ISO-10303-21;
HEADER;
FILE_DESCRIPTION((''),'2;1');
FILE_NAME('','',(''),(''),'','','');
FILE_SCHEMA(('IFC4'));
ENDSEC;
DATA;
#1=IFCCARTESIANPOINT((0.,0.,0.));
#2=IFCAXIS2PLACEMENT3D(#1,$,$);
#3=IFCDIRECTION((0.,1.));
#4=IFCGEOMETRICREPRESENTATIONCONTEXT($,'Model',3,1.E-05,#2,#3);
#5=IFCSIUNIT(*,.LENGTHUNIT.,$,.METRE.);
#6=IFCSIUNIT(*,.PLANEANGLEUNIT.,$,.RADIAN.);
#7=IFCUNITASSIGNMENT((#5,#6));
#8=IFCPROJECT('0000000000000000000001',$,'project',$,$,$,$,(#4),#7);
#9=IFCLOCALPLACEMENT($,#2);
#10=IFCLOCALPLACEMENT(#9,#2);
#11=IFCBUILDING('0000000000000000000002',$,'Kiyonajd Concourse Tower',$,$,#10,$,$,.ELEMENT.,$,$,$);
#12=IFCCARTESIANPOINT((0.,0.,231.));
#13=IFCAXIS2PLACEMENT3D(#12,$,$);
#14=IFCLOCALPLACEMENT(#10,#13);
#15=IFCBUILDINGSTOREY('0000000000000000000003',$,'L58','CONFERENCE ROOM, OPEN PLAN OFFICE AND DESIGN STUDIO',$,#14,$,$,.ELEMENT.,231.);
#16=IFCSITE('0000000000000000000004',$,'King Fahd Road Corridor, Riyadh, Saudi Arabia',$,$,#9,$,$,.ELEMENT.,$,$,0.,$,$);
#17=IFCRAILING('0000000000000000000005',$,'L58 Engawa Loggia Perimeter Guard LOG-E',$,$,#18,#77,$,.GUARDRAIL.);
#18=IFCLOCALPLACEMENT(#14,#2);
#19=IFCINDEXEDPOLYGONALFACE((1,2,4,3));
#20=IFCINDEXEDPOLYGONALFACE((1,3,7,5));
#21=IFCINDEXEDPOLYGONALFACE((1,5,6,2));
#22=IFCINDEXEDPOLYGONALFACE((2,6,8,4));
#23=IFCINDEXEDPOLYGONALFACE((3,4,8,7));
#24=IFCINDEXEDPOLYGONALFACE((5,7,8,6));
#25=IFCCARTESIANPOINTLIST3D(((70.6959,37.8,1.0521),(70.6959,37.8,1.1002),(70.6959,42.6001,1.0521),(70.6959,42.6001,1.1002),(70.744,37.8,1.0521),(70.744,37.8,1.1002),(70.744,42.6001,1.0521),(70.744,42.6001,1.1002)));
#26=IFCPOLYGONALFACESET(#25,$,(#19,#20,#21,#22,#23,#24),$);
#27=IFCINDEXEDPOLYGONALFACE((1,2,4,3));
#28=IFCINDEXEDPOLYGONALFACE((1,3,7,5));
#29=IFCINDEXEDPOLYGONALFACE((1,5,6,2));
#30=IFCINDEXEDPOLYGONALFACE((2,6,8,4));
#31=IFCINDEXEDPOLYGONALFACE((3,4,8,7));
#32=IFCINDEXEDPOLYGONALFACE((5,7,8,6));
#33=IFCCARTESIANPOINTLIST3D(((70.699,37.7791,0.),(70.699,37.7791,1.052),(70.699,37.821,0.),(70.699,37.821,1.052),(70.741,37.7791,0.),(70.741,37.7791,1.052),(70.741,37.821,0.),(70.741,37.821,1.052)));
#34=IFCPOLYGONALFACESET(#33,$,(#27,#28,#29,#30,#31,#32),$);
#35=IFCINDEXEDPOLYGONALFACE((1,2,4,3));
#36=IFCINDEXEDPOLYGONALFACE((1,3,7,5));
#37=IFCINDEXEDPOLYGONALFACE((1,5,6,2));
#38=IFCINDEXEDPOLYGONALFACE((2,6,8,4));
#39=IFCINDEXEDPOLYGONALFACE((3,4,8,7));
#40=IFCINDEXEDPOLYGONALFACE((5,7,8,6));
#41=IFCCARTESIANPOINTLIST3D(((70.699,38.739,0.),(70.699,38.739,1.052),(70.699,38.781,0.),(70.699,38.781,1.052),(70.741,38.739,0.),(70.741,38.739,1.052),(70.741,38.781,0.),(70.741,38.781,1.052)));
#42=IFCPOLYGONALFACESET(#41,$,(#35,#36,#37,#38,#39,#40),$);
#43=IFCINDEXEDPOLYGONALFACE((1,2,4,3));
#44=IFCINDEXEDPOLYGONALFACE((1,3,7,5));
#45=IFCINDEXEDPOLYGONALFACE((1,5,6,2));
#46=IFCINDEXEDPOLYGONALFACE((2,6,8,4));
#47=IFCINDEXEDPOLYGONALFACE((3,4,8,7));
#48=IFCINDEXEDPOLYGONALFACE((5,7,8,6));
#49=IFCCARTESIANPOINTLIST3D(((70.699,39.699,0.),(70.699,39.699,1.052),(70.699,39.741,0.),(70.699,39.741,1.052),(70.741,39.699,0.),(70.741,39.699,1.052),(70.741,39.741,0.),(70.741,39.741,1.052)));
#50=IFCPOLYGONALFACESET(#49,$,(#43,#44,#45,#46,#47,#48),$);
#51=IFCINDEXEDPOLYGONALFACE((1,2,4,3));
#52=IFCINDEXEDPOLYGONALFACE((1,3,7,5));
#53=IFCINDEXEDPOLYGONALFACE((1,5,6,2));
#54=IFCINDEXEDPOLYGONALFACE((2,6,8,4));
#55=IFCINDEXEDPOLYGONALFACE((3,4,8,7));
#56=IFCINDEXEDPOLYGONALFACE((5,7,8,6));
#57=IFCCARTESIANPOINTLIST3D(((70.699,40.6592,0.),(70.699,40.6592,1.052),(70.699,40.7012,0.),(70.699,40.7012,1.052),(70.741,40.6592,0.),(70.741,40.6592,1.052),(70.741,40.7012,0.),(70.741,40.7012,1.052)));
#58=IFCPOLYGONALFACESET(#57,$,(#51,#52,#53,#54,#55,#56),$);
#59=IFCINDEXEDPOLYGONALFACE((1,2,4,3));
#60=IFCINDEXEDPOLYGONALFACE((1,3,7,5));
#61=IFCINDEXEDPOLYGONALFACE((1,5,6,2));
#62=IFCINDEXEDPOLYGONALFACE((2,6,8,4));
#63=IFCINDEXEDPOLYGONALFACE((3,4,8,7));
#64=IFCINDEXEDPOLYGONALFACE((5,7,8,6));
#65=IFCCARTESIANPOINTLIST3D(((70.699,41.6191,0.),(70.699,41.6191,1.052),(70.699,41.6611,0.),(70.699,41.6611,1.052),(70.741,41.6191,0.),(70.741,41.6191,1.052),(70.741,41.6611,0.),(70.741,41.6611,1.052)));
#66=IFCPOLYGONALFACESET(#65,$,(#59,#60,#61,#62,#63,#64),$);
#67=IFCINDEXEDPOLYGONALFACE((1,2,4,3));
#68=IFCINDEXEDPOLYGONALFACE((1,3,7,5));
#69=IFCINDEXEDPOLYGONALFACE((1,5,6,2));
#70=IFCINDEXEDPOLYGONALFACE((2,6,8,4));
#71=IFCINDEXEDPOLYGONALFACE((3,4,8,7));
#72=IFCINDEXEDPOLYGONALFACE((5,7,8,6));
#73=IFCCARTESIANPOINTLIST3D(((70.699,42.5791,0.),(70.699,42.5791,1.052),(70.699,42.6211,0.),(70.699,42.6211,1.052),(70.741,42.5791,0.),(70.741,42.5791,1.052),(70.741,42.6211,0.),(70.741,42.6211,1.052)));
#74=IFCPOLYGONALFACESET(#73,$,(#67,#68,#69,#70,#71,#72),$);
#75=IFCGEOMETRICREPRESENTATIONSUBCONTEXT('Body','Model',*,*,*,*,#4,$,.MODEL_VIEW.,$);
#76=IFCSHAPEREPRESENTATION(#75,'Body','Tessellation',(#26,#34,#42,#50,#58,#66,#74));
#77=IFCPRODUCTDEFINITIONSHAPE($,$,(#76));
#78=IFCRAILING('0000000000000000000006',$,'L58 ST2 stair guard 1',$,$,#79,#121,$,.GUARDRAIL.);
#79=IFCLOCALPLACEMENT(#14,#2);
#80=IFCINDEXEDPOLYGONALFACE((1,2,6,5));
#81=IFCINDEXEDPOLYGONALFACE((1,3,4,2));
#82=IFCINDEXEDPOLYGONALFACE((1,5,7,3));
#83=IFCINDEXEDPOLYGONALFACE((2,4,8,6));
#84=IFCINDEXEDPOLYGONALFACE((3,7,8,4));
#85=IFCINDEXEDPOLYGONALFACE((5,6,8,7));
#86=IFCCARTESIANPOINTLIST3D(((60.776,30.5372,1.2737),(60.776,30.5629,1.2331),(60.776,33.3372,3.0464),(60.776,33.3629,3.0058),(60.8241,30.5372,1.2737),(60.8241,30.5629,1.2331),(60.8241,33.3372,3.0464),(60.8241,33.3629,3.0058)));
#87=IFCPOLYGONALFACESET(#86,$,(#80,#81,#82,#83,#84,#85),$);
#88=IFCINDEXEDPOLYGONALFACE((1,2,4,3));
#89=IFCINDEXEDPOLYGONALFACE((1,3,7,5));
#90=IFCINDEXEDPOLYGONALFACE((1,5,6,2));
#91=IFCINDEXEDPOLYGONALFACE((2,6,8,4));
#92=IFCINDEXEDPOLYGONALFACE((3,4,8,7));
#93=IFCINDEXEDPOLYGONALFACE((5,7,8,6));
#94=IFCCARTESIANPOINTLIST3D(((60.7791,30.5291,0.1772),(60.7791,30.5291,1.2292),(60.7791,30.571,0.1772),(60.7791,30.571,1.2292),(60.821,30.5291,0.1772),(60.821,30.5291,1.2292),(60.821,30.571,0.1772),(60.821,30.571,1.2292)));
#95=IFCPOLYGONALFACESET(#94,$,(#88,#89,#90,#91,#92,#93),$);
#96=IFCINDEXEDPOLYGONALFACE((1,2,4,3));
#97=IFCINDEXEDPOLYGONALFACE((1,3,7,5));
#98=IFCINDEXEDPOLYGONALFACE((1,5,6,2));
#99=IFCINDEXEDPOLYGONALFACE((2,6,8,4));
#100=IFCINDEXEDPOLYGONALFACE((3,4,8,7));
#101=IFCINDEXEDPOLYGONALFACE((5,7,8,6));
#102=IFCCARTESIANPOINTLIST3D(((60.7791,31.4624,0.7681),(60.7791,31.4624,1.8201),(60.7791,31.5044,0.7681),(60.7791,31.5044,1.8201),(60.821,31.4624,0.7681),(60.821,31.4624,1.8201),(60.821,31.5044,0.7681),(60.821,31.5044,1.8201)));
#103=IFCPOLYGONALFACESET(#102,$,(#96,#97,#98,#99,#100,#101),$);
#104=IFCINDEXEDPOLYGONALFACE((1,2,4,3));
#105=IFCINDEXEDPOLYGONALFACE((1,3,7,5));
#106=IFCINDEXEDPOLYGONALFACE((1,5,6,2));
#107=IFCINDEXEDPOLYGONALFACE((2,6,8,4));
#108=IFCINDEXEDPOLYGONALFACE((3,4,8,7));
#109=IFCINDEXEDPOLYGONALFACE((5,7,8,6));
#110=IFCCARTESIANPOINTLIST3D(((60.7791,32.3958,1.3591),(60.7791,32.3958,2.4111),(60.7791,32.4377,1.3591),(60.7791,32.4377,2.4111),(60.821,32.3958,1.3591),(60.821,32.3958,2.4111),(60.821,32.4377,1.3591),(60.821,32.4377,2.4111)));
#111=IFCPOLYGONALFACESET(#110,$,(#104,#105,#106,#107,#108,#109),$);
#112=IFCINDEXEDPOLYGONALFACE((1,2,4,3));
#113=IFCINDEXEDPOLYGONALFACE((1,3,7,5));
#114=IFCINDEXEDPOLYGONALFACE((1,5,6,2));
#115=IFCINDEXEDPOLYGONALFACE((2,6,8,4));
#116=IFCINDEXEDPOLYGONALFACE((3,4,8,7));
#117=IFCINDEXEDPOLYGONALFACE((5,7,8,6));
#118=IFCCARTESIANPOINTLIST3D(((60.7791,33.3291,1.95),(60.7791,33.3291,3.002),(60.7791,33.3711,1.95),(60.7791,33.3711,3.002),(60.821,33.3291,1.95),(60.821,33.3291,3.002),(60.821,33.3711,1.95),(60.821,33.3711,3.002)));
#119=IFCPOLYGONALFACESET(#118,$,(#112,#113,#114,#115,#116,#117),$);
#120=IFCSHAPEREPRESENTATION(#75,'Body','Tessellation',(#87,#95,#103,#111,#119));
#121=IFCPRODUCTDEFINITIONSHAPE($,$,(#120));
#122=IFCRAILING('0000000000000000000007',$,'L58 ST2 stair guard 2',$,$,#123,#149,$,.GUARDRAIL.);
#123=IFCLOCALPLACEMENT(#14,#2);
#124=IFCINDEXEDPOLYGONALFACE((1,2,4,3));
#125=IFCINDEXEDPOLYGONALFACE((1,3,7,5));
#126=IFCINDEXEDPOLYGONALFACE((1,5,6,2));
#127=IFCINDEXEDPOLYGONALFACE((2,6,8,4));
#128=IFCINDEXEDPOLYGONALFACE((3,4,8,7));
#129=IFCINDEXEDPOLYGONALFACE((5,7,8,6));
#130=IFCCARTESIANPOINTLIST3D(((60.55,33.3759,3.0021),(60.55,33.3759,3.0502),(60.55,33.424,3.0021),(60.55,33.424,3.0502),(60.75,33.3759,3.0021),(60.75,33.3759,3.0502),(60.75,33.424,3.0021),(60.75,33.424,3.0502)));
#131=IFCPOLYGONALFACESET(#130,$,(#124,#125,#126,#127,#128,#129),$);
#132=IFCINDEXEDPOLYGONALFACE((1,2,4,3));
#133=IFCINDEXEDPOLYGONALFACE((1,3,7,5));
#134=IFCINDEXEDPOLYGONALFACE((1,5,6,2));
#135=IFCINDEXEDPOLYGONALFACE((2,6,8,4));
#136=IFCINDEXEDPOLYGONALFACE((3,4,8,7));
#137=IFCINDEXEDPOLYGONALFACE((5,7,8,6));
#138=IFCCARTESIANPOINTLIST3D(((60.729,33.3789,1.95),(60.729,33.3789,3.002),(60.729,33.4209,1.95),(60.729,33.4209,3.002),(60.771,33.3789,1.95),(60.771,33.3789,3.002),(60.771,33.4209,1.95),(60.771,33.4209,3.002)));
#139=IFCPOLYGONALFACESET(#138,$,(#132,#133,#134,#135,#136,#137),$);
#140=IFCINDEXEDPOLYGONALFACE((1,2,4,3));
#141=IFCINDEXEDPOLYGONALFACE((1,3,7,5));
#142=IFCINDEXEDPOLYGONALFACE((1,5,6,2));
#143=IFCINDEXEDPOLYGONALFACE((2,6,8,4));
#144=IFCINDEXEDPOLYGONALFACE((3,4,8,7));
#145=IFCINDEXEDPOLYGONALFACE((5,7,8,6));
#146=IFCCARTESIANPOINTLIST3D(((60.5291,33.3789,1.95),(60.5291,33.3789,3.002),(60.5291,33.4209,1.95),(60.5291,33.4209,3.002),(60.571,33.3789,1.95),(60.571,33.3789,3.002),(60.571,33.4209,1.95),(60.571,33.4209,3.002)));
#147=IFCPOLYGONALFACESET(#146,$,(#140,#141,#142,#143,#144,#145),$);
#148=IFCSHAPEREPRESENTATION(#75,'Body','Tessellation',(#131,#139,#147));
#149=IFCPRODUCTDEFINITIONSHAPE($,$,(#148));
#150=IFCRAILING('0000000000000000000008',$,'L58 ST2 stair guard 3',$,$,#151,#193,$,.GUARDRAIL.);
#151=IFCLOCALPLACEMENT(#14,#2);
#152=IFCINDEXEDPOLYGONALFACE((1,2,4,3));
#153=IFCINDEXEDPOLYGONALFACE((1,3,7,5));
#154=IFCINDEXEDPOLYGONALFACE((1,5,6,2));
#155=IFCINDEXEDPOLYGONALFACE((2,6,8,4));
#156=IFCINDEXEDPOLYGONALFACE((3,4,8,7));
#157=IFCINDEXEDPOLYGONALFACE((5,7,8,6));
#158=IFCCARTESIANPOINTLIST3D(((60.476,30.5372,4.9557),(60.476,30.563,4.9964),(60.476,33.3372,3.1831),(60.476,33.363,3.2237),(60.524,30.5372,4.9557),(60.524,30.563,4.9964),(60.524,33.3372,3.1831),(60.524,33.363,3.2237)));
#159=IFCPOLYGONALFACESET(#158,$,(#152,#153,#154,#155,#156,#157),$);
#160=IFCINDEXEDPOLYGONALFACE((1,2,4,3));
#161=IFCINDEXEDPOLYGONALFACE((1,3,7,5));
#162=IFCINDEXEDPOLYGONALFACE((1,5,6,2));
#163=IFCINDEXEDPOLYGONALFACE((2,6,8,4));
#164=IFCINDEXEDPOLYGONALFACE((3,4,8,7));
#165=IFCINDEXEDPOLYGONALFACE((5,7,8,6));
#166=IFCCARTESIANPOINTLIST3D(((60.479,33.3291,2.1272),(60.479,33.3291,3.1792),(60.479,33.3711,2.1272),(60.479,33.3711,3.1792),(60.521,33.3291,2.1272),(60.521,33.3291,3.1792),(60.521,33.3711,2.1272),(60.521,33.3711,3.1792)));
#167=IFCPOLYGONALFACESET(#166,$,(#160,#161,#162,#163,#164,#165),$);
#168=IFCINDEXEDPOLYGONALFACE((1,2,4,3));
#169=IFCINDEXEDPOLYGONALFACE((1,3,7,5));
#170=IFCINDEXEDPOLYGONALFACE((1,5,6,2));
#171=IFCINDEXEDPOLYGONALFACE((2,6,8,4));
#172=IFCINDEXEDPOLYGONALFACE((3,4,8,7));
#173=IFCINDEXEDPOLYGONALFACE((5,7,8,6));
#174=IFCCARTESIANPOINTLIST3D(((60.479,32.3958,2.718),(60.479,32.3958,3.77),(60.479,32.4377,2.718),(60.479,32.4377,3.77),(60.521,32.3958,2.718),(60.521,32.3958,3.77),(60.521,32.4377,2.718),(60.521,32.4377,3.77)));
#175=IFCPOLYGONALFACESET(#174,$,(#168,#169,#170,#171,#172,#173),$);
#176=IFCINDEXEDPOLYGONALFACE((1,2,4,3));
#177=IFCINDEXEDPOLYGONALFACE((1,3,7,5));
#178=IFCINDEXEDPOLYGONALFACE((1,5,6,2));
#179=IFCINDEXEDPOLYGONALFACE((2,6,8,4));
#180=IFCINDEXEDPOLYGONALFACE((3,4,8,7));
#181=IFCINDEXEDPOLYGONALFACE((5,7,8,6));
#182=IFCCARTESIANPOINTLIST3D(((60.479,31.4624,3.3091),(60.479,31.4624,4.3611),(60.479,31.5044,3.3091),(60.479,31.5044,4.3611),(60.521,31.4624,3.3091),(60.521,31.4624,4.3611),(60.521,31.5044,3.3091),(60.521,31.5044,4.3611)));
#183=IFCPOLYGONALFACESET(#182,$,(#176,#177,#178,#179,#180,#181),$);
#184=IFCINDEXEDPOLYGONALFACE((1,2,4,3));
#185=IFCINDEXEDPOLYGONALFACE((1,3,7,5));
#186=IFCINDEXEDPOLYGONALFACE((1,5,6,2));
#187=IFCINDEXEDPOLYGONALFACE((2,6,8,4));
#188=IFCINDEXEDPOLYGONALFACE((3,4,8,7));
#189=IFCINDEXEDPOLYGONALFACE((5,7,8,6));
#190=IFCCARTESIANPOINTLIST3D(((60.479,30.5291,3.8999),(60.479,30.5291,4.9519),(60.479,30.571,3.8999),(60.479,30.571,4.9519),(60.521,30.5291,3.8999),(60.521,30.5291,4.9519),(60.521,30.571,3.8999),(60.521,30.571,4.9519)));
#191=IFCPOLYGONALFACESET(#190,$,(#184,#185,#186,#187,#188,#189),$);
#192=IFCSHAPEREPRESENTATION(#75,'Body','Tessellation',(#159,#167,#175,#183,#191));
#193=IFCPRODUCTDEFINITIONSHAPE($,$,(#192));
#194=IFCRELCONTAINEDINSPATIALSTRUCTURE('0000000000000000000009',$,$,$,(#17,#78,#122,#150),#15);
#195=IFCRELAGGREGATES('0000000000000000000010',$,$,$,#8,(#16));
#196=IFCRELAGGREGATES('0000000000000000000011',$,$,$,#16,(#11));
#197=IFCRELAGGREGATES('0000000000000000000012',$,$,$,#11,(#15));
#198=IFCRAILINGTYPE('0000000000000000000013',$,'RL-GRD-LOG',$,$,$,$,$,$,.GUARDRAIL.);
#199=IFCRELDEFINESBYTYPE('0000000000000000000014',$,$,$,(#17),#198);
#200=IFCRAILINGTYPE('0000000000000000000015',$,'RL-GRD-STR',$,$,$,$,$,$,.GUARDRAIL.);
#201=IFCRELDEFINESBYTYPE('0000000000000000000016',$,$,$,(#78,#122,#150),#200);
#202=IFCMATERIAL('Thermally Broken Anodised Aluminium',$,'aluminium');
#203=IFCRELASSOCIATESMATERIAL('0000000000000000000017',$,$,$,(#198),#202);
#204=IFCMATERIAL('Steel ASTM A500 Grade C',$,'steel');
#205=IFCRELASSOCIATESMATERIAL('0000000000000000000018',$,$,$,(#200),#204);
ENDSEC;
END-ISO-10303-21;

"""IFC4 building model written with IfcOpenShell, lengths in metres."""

from ifc_helpers import new_model, si_unit, direction, frame, origin, origin_2d, place, context, subcontext, project, spatial, rectangle, extrude, material, type_object, element, save


model = new_model("IFC4")

# Units and contexts
model_context = context("Model", 3, precision=1e-05, world=origin(), true_north=direction((0.0, 1.0)))
body_context = subcontext(model_context, "Body", "Model", "MODEL_VIEW")
ifc_project = project(units=[si_unit("LENGTHUNIT", "METRE"), si_unit("PLANEANGLEUNIT", "RADIAN")], contexts=[model_context])

# Site, building, storey
site_placement = place(None, origin())
site = spatial("IfcSite", under=ifc_project, at=site_placement, Name="King Fahd Road Corridor, Riyadh, Saudi Arabia", CompositionType="ELEMENT", RefElevation=0.0)
building_placement = place(site_placement, origin())
building = spatial("IfcBuilding", under=site, at=building_placement, Name="Kiyonajd Concourse Tower", CompositionType="ELEMENT")
storey_placement = place(building_placement, frame((0.0, 0.0, 231.0)))
storey = spatial("IfcBuildingStorey", under=building, at=storey_placement, Name="L58", Description="CONFERENCE ROOM, OPEN PLAN OFFICE AND DESIGN STUDIO", CompositionType="ELEMENT", Elevation=231.0)

# Shared definitions
ifc_material_1 = material(Name="Thermally Broken Anodised Aluminium", Category="aluminium")

# Railings
railing_type_1 = type_object("IfcRailingType", Name="RL-GRD-LOG", PredefinedType="GUARDRAIL", material=ifc_material_1)
railing_1_placement = place(storey_placement, frame((70.72, 37.8, 0.0)))
element("IfcRailing", 1, at=railing_1_placement, inside=storey, type_object=railing_type_1, Name="L58 Engawa Loggia Perimeter Guard LOG-E", PredefinedType="GUARDRAIL", context=body_context, shape_type="SweptSolid", body=[
    extrude(rectangle(XDim=0.0481, YDim=0.0481, at=origin_2d()), frame((0.0, 0.0, 1.0762), z_axis=(0.0, 1.0, 0.0), x_axis=(-1.0, 0.0, 0.0)), (0.0, 0.0, 1.0), 4.8),
    extrude(rectangle(XDim=0.042, YDim=0.042, at=origin_2d()), origin(), (0.0, 0.0, 1.0), 1.052),
    extrude(rectangle(XDim=0.042, YDim=0.042, at=origin_2d()), frame((0.0, 0.96, 0.0)), (0.0, 0.0, 1.0), 1.052),
    extrude(rectangle(XDim=0.042, YDim=0.042, at=origin_2d()), frame((0.0, 1.9199, 0.0)), (0.0, 0.0, 1.0), 1.052),
    extrude(rectangle(XDim=0.042, YDim=0.042, at=origin_2d()), frame((0.0, 2.8801, 0.0)), (0.0, 0.0, 1.0), 1.052),
    extrude(rectangle(XDim=0.042, YDim=0.042, at=origin_2d()), frame((0.0, 3.8401, 0.0)), (0.0, 0.0, 1.0), 1.052),
    extrude(rectangle(XDim=0.042, YDim=0.042, at=origin_2d()), frame((0.0, 4.8, 0.0)), (0.0, 0.0, 1.0), 1.052),
])
ifc_material_2 = material(Name="Steel ASTM A500 Grade C", Category="steel")
railing_type_2 = type_object("IfcRailingType", Name="RL-GRD-STR", PredefinedType="GUARDRAIL", material=ifc_material_2)
railing_2_placement = place(storey_placement, frame((60.8, 30.55, 0.1772)))
element("IfcRailing", 2, at=railing_2_placement, inside=storey, type_object=railing_type_2, Name="L58 ST2 stair guard 1", PredefinedType="GUARDRAIL", context=body_context, shape_type="SweptSolid", body=[
    extrude(rectangle(XDim=0.0481, YDim=0.0481, at=origin_2d()), frame((0.0, 0.0, 1.0762), z_axis=(0.0, 0.844909, 0.53491), x_axis=(-1.0, 0.0, 0.0)), (0.0, 0.0, 1.0), 3.314),
    extrude(rectangle(XDim=0.042, YDim=0.042, at=origin_2d()), origin(), (0.0, 0.0, 1.0), 1.052),
    extrude(rectangle(XDim=0.042, YDim=0.042, at=origin_2d()), frame((0.0, 0.9333, 0.5908)), (0.0, 0.0, 1.0), 1.052),
    extrude(rectangle(XDim=0.042, YDim=0.042, at=origin_2d()), frame((0.0, 1.8667, 1.1819)), (0.0, 0.0, 1.0), 1.052),
    extrude(rectangle(XDim=0.042, YDim=0.042, at=origin_2d()), frame((0.0, 2.8, 1.7727)), (0.0, 0.0, 1.0), 1.052),
])
railing_3_placement = place(storey_placement, frame((60.75, 33.3999, 1.95)))
element("IfcRailing", 3, at=railing_3_placement, inside=storey, type_object=railing_type_2, Name="L58 ST2 stair guard 2", PredefinedType="GUARDRAIL", context=body_context, shape_type="SweptSolid", body=[
    extrude(rectangle(XDim=0.0481, YDim=0.0481, at=origin_2d()), frame((0.0, 0.0, 1.0762), z_axis=(-1.0, 0.0, 0.0), x_axis=(0.0, -1.0, 0.0)), (0.0, 0.0, 1.0), 0.2),
    extrude(rectangle(XDim=0.042, YDim=0.042, at=origin_2d()), origin(), (0.0, 0.0, 1.0), 1.052),
    extrude(rectangle(XDim=0.042, YDim=0.042, at=origin_2d()), frame((-0.2, 0.0, 0.0)), (0.0, 0.0, 1.0), 1.052),
])
railing_4_placement = place(storey_placement, frame((60.5, 33.3501, 2.1272)))
element("IfcRailing", 4, at=railing_4_placement, inside=storey, type_object=railing_type_2, Name="L58 ST2 stair guard 3", PredefinedType="GUARDRAIL", context=body_context, shape_type="SweptSolid", body=[
    extrude(rectangle(XDim=0.0481, YDim=0.0481, at=origin_2d()), frame((0.0, 0.0, 1.0762), z_axis=(0.0, -0.844909, 0.53491), x_axis=(1.0, 0.0, 0.0)), (0.0, 0.0, 1.0), 3.314),
    extrude(rectangle(XDim=0.042, YDim=0.042, at=origin_2d()), origin(), (0.0, 0.0, 1.0), 1.052),
    extrude(rectangle(XDim=0.042, YDim=0.042, at=origin_2d()), frame((0.0, -0.9333, 0.5908)), (0.0, 0.0, 1.0), 1.052),
    extrude(rectangle(XDim=0.042, YDim=0.042, at=origin_2d()), frame((0.0, -1.8667, 1.1819)), (0.0, 0.0, 1.0), 1.052),
    extrude(rectangle(XDim=0.042, YDim=0.042, at=origin_2d()), frame((0.0, -2.8, 1.7727)), (0.0, 0.0, 1.0), 1.052),
])

save(model, "model.ifc")
